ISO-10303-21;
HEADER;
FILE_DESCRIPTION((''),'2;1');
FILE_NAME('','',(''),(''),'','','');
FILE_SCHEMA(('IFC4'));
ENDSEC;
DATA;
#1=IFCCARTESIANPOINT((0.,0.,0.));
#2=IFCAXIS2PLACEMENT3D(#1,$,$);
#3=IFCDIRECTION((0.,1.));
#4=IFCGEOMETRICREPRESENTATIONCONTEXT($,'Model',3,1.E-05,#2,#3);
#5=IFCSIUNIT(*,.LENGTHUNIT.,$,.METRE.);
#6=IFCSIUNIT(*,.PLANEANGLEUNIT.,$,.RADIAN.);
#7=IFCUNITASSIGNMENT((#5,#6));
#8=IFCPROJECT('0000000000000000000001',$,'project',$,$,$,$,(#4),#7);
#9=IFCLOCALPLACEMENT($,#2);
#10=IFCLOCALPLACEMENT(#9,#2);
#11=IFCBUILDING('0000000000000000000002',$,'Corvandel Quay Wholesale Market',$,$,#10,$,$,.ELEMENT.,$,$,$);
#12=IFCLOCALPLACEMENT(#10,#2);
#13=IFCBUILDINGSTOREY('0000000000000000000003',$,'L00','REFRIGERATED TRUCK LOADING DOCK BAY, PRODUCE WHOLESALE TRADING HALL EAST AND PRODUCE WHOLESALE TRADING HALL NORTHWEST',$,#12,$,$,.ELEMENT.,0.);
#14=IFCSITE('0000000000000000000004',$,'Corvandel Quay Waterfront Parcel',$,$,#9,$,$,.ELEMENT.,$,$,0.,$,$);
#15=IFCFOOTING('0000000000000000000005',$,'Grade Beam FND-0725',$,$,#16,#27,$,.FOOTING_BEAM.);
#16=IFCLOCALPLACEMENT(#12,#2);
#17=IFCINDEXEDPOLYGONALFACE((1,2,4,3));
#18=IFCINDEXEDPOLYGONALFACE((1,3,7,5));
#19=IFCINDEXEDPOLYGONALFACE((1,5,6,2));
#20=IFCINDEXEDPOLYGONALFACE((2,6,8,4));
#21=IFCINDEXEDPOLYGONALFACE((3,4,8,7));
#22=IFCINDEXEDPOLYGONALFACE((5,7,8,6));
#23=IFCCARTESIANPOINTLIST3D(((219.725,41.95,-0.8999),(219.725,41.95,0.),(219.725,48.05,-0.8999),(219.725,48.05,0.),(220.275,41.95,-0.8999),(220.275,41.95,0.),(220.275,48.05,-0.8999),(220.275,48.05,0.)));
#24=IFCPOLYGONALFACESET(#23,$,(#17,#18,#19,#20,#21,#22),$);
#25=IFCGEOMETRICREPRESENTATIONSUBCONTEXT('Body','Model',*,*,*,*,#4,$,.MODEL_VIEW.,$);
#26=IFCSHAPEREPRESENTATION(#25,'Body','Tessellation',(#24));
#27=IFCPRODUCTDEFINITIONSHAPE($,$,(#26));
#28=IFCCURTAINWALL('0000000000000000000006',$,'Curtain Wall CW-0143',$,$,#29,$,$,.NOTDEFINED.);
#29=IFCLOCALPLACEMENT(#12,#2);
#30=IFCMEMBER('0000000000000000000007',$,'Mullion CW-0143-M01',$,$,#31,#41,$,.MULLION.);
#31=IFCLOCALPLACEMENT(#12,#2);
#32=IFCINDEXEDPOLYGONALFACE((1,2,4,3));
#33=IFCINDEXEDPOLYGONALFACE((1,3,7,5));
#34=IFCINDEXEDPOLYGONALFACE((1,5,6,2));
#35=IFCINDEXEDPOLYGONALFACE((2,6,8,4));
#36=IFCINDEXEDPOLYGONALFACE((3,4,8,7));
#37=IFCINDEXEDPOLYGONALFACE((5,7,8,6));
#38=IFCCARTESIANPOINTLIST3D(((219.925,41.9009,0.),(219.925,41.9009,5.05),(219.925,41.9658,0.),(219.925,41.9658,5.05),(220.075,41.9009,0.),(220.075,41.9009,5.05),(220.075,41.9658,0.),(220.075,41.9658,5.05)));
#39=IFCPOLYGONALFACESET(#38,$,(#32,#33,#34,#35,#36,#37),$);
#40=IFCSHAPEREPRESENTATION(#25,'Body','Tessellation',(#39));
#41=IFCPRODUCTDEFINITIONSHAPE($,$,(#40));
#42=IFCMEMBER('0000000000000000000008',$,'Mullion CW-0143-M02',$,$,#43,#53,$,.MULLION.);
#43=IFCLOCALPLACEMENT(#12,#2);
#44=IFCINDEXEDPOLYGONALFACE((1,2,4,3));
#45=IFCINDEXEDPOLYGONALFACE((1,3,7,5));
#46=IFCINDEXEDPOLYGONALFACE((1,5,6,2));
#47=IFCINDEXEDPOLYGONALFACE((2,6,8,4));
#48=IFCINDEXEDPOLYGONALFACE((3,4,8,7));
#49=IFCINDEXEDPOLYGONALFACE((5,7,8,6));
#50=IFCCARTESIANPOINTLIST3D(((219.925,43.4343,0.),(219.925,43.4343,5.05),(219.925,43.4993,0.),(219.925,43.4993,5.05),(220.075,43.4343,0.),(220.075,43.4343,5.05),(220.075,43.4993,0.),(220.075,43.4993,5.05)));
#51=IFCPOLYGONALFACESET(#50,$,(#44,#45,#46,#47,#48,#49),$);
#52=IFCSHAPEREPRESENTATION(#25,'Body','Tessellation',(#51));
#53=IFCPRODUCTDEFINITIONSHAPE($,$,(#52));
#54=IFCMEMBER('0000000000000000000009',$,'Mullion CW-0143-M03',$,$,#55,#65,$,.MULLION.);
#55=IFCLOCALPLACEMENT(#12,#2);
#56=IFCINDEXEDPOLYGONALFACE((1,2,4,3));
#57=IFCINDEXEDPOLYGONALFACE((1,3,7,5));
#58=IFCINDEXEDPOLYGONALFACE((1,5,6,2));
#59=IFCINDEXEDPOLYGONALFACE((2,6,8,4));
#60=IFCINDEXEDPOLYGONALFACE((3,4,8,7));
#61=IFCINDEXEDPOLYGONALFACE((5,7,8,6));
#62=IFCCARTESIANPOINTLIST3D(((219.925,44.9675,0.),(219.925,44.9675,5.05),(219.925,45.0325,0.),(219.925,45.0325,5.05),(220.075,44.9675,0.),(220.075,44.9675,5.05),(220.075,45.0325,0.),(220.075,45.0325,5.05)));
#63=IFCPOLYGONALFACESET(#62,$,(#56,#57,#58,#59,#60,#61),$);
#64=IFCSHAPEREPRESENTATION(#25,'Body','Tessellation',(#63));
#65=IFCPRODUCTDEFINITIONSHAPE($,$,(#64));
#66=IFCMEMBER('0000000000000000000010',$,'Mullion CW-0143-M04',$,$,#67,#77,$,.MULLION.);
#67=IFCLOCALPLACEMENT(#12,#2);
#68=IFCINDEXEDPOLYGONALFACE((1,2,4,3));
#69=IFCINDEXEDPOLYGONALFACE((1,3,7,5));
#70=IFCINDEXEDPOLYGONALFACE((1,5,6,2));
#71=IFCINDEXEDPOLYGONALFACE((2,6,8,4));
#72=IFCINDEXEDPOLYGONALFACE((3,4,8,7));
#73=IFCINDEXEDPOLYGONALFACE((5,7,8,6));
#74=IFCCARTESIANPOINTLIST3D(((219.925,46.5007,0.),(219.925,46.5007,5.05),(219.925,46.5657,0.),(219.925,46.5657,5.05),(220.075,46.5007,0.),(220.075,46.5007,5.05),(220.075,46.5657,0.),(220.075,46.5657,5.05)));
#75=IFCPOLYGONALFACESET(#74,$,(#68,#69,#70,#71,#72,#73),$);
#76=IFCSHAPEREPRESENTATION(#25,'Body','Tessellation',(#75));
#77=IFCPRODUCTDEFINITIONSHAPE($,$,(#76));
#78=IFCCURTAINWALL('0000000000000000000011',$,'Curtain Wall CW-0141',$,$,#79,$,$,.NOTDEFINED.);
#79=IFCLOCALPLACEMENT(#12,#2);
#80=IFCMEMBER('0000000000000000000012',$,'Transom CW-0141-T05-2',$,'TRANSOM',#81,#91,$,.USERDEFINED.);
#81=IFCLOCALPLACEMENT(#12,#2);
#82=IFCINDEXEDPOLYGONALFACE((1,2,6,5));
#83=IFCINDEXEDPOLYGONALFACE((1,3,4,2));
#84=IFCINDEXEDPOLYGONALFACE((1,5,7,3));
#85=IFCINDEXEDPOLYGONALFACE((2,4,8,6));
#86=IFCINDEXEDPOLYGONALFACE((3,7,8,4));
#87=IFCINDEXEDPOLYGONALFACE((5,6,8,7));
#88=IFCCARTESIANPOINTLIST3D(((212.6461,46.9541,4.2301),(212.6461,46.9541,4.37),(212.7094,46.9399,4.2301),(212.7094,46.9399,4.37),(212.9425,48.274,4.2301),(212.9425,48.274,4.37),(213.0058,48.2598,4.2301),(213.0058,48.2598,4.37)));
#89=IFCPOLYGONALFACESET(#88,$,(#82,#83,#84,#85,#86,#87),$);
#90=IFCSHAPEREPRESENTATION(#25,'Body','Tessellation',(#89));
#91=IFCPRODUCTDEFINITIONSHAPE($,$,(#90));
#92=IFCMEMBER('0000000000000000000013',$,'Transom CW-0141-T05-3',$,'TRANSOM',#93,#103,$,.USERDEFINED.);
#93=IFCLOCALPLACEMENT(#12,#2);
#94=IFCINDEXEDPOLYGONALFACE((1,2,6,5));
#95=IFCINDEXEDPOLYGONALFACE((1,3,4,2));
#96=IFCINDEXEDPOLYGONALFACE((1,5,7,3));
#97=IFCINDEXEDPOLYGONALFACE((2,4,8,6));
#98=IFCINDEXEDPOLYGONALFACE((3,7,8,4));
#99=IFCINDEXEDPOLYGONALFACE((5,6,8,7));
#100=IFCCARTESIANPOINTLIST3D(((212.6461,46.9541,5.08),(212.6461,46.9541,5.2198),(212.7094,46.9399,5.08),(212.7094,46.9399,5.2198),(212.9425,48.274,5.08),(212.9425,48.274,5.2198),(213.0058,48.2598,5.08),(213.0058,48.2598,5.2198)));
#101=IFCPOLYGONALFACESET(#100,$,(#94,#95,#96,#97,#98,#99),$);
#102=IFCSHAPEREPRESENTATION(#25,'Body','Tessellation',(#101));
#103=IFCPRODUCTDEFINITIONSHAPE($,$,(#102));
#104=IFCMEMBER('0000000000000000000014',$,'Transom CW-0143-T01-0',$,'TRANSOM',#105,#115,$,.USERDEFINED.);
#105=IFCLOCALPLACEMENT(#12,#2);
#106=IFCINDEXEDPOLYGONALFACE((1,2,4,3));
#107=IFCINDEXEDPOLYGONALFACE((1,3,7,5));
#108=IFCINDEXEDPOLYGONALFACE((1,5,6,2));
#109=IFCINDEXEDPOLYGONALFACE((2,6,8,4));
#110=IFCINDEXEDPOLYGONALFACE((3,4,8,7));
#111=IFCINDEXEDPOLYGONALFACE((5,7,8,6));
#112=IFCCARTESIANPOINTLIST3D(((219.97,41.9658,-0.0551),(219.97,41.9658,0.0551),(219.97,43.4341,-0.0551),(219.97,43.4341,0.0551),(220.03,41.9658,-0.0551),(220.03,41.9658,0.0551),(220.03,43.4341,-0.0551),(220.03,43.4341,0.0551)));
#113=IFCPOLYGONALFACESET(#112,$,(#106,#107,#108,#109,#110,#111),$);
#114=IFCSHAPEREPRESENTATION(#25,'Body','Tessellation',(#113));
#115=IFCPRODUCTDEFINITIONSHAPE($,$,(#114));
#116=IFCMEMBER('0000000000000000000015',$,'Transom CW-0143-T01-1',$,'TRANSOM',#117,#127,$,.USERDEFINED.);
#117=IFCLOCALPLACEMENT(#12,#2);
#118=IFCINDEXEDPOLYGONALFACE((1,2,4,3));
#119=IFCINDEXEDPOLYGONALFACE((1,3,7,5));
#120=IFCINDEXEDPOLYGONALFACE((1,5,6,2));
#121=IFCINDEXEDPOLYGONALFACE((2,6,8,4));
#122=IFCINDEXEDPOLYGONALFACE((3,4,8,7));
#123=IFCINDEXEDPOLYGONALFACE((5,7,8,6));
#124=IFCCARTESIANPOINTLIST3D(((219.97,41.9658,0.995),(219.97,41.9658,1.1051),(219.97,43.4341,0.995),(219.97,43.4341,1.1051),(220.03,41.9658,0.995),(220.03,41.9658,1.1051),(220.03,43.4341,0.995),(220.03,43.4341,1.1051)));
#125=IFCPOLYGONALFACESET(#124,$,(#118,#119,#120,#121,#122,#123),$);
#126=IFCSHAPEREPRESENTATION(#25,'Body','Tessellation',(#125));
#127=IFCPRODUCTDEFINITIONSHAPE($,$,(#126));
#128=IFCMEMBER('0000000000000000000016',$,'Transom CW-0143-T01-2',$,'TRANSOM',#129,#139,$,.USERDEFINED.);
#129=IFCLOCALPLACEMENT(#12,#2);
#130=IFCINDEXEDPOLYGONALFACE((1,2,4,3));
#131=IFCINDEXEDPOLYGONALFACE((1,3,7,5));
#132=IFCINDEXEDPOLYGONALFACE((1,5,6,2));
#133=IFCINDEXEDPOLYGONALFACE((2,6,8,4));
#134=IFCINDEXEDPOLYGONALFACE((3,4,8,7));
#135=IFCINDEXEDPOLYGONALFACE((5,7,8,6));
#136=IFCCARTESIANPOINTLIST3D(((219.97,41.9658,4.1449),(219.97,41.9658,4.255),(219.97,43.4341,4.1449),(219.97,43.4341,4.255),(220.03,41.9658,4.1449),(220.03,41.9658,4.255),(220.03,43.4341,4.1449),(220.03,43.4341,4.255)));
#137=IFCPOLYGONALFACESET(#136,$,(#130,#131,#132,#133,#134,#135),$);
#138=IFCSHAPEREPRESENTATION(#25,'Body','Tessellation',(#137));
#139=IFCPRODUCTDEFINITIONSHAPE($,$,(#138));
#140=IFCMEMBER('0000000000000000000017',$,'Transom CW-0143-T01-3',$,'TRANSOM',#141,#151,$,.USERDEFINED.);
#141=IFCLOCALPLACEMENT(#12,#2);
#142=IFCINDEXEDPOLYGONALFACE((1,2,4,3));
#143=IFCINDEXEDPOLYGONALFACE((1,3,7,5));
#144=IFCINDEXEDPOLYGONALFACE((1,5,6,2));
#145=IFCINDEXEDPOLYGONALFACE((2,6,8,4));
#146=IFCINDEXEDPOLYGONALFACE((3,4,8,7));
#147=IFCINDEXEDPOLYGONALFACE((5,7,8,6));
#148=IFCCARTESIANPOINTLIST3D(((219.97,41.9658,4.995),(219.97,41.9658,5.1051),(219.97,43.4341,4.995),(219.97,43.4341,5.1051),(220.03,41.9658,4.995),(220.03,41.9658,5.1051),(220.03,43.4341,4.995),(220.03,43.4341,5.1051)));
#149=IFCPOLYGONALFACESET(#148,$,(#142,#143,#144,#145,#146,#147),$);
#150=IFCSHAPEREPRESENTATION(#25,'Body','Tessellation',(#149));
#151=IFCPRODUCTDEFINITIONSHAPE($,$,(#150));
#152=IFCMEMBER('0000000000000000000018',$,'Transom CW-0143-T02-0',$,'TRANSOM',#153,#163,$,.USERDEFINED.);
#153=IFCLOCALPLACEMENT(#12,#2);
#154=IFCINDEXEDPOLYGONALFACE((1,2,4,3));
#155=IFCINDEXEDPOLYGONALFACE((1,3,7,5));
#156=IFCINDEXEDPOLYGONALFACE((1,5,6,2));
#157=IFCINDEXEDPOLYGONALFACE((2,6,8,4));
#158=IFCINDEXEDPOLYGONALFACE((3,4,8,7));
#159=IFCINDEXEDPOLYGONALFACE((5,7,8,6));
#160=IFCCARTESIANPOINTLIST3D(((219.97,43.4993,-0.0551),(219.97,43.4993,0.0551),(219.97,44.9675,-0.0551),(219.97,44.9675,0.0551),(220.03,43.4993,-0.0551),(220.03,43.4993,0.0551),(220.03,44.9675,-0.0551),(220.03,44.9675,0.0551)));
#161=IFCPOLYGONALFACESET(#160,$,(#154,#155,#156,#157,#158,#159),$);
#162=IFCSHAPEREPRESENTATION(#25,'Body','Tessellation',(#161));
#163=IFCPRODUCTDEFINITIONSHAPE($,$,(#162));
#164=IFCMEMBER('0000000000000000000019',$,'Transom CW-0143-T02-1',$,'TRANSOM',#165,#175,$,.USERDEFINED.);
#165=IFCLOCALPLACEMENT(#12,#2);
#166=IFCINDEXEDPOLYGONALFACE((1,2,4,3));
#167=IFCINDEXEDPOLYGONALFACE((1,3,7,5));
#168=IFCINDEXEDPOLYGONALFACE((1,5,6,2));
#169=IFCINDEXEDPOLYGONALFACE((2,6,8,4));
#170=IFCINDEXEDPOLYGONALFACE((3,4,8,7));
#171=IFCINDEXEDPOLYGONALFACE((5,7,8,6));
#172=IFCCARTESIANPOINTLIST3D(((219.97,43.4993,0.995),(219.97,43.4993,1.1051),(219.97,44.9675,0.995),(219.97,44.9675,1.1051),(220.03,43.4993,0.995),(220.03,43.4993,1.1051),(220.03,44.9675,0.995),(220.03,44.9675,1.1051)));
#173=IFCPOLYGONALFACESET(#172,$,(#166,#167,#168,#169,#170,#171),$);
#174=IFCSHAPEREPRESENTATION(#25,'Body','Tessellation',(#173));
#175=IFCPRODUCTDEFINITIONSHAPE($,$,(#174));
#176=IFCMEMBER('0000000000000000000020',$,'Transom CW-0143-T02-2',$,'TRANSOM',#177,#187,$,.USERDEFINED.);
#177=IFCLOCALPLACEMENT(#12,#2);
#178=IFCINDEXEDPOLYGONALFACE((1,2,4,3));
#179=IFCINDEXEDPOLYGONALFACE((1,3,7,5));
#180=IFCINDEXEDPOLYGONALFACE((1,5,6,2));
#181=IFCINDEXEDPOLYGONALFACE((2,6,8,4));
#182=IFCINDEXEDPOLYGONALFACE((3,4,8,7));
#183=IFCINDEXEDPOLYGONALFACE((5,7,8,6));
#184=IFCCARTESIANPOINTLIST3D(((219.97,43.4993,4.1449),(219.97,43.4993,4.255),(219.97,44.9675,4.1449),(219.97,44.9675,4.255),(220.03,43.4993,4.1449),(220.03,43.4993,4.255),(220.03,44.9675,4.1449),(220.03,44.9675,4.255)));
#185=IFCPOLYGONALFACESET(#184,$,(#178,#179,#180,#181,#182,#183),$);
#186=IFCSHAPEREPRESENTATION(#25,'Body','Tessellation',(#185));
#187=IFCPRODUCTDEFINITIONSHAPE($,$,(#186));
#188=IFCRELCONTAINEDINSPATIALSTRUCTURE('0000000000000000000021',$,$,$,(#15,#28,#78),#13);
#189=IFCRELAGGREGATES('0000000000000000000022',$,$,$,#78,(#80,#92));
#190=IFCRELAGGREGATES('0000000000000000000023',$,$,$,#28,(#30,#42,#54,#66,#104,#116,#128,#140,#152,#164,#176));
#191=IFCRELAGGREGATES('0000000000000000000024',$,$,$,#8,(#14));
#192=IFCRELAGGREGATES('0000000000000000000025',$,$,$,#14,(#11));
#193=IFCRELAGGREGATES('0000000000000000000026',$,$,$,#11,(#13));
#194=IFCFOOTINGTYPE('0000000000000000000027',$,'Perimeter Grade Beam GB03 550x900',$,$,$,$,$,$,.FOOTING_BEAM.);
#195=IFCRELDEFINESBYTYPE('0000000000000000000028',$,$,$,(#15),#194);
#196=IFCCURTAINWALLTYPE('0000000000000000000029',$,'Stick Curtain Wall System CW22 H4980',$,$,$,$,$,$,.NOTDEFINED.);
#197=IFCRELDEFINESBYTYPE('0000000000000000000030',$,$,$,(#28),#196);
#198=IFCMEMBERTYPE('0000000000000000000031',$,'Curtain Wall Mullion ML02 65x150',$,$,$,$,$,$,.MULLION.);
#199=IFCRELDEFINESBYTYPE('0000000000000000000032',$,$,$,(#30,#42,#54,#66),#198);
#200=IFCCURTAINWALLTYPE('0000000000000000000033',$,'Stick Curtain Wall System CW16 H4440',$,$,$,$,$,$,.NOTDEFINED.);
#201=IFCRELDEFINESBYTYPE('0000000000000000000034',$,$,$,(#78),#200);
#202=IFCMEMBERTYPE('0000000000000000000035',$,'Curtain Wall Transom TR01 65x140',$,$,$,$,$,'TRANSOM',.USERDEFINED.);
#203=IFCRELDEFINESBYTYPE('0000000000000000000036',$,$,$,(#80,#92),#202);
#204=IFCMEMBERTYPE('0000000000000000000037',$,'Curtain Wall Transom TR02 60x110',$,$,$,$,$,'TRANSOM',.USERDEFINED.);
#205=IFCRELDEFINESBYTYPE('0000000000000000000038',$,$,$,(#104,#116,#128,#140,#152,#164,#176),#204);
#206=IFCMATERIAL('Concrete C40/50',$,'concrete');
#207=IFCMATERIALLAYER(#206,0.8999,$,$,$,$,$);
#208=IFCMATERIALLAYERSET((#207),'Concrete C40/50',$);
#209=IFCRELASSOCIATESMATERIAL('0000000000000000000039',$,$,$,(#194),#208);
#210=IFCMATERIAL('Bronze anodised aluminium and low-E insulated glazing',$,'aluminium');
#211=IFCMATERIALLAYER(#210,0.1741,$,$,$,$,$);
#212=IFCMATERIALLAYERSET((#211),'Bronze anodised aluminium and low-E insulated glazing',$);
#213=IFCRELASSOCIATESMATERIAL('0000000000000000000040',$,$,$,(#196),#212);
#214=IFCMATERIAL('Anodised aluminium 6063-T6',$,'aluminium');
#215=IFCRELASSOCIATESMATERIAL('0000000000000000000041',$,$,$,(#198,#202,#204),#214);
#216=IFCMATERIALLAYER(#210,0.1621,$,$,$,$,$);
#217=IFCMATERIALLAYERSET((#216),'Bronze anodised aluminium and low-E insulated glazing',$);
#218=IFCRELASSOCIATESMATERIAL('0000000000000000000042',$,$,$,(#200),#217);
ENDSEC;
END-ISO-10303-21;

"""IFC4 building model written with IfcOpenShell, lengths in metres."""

from ifc_helpers import new_model, si_unit, direction, frame, origin, origin_2d, place, context, subcontext, project, spatial, rectangle, extrude, material, layer, layer_set, material_profile, profile_set, type_object, element, aggregate, save


model = new_model("IFC4")

# Units and contexts
model_context = context("Model", 3, precision=1e-05, world=origin(), true_north=direction((0.0, 1.0)))
body_context = subcontext(model_context, "Body", "Model", "MODEL_VIEW")
ifc_project = project(units=[si_unit("LENGTHUNIT", "METRE"), si_unit("PLANEANGLEUNIT", "RADIAN")], contexts=[model_context])

# Site, building, storey
site_placement = place(None, origin())
site = spatial("IfcSite", under=ifc_project, at=site_placement, Name="Corvandel Quay Waterfront Parcel", CompositionType="ELEMENT", RefElevation=0.0)
building_placement = place(site_placement, origin())
building = spatial("IfcBuilding", under=site, at=building_placement, Name="Corvandel Quay Wholesale Market", CompositionType="ELEMENT")
storey_placement = place(building_placement, origin())
storey = spatial("IfcBuildingStorey", under=building, at=storey_placement, Name="L00", Description="REFRIGERATED TRUCK LOADING DOCK BAY, PRODUCE WHOLESALE TRADING HALL EAST AND PRODUCE WHOLESALE TRADING HALL NORTHWEST", CompositionType="ELEMENT", Elevation=0.0)

# Footing
ifc_material_1 = material(Name="Concrete C40/50", Category="concrete")
ifc_layer_1 = layer(ifc_material_1, 0.8999)
ifc_layer_set_1 = layer_set([ifc_layer_1], Name="Concrete C40/50")
footing_type = type_object("IfcFootingType", Name="Perimeter Grade Beam GB03 550x900", PredefinedType="FOOTING_BEAM", material=ifc_layer_set_1)
footing_placement = place(storey_placement, frame((220.0, 45.0, -0.8999), z_axis=(0.0, 0.0, 1.0), x_axis=(0.0, 1.0, 0.0)))
element("IfcFooting", 1, at=footing_placement, inside=storey, type_object=footing_type, Name="Grade Beam FND-0725", PredefinedType="FOOTING_BEAM", context=body_context, shape_type="SweptSolid", body=[
    extrude(rectangle(XDim=6.1001, YDim=0.55, at=origin_2d()), origin(), (0.0, 0.0, 1.0), 0.8999),
])

# Curtain walls, members
ifc_material_2 = material(Name="Bronze anodised aluminium and low-E insulated glazing", Category="aluminium")
ifc_layer_2 = layer(ifc_material_2, 0.1741)
ifc_layer_set_2 = layer_set([ifc_layer_2], Name="Bronze anodised aluminium and low-E insulated glazing")
curtain_wall_type_1 = type_object("IfcCurtainWallType", Name="Stick Curtain Wall System CW22 H4980", PredefinedType="NOTDEFINED", material=ifc_layer_set_2)
curtain_wall_1_placement = place(storey_placement, origin())
curtain_wall_1 = element("IfcCurtainWall", 2, at=curtain_wall_1_placement, inside=storey, type_object=curtain_wall_type_1, Name="Curtain Wall CW-0143", PredefinedType="NOTDEFINED")
ifc_material_3 = material(Name="Anodised aluminium 6063-T6", Category="aluminium")
ifc_material_profile_1 = material_profile(ifc_material_3, rectangle(XDim=0.0649, YDim=0.1499, at=origin_2d()), Name="ALU-MUL-65x150")
ifc_profile_set_1 = profile_set([ifc_material_profile_1], Name="Anodised aluminium 6063-T6")
member_type_1 = type_object("IfcMemberType", Name="Curtain Wall Mullion ML02 65x150", PredefinedType="MULLION", material=ifc_profile_set_1)
member_1_placement = place(storey_placement, frame((220.0, 41.9333, 0.0), z_axis=(0.0, 0.0, 1.0), x_axis=(0.0, 1.0, 0.0)))
member_1 = element("IfcMember", 3, at=member_1_placement, type_object=member_type_1, Name="Mullion CW-0143-M01", PredefinedType="MULLION", context=body_context, shape_type="SweptSolid", body=[
    extrude(rectangle(XDim=0.0649, YDim=0.1499, at=origin_2d()), origin(), (0.0, 0.0, 1.0), 5.05),
])
member_2_placement = place(storey_placement, frame((220.0, 43.4668, 0.0), z_axis=(0.0, 0.0, 1.0), x_axis=(0.0, 1.0, 0.0)))
member_2 = element("IfcMember", 4, at=member_2_placement, type_object=member_type_1, Name="Mullion CW-0143-M02", PredefinedType="MULLION", context=body_context, shape_type="SweptSolid", body=[
    extrude(rectangle(XDim=0.0649, YDim=0.1499, at=origin_2d()), origin(), (0.0, 0.0, 1.0), 5.05),
])
member_3_placement = place(storey_placement, frame((220.0, 45.0, 0.0), z_axis=(0.0, 0.0, 1.0), x_axis=(0.0, 1.0, 0.0)))
member_3 = element("IfcMember", 5, at=member_3_placement, type_object=member_type_1, Name="Mullion CW-0143-M03", PredefinedType="MULLION", context=body_context, shape_type="SweptSolid", body=[
    extrude(rectangle(XDim=0.0649, YDim=0.1499, at=origin_2d()), origin(), (0.0, 0.0, 1.0), 5.05),
])
member_4_placement = place(storey_placement, frame((220.0, 46.5332, 0.0), z_axis=(0.0, 0.0, 1.0), x_axis=(0.0, 1.0, 0.0)))
member_4 = element("IfcMember", 6, at=member_4_placement, type_object=member_type_1, Name="Mullion CW-0143-M04", PredefinedType="MULLION", context=body_context, shape_type="SweptSolid", body=[
    extrude(rectangle(XDim=0.0649, YDim=0.1499, at=origin_2d()), origin(), (0.0, 0.0, 1.0), 5.05),
])
ifc_layer_3 = layer(ifc_material_2, 0.1621)
ifc_layer_set_3 = layer_set([ifc_layer_3], Name="Bronze anodised aluminium and low-E insulated glazing")
curtain_wall_type_2 = type_object("IfcCurtainWallType", Name="Stick Curtain Wall System CW16 H4440", PredefinedType="NOTDEFINED", material=ifc_layer_set_3)
curtain_wall_2_placement = place(storey_placement, origin())
curtain_wall_2 = element("IfcCurtainWall", 7, at=curtain_wall_2_placement, inside=storey, type_object=curtain_wall_type_2, Name="Curtain Wall CW-0141", PredefinedType="NOTDEFINED")
ifc_material_profile_2 = material_profile(ifc_material_3, rectangle(XDim=0.0649, YDim=0.1399, at=origin_2d()), Name="ALU-TRN-65x140")
ifc_profile_set_2 = profile_set([ifc_material_profile_2], Name="Anodised aluminium 6063-T6")
member_type_2 = type_object("IfcMemberType", Name="Curtain Wall Transom TR01 65x140", ElementType="TRANSOM", PredefinedType="USERDEFINED", material=ifc_profile_set_2)
member_5_placement = place(storey_placement, frame((212.6777, 46.947, 4.3), z_axis=(0.219108, 0.975701, 0.0), x_axis=(-0.975701, 0.219108, 0.0)))
member_5 = element("IfcMember", 8, at=member_5_placement, type_object=member_type_2, Name="Transom CW-0141-T05-2", ObjectType="TRANSOM", PredefinedType="USERDEFINED", context=body_context, shape_type="SweptSolid", body=[
    extrude(rectangle(XDim=0.0649, YDim=0.1399, at=origin_2d()), origin(), (0.0, 0.0, 1.0), 1.3528),
])
member_6_placement = place(storey_placement, frame((212.6777, 46.947, 5.1499), z_axis=(0.219108, 0.975701, 0.0), x_axis=(-0.975701, 0.219108, 0.0)))
member_6 = element("IfcMember", 9, at=member_6_placement, type_object=member_type_2, Name="Transom CW-0141-T05-3", ObjectType="TRANSOM", PredefinedType="USERDEFINED", context=body_context, shape_type="SweptSolid", body=[
    extrude(rectangle(XDim=0.0649, YDim=0.1399, at=origin_2d()), origin(), (0.0, 0.0, 1.0), 1.3528),
])

# Members
ifc_material_profile_3 = material_profile(ifc_material_3, rectangle(XDim=0.0601, YDim=0.1101, at=origin_2d()), Name="ALU-TRN-60x110")
ifc_profile_set_3 = profile_set([ifc_material_profile_3], Name="Anodised aluminium 6063-T6")
member_type_3 = type_object("IfcMemberType", Name="Curtain Wall Transom TR02 60x110", ElementType="TRANSOM", PredefinedType="USERDEFINED", material=ifc_profile_set_3)
member_7_placement = place(storey_placement, frame((220.0, 41.9658, 0.0), z_axis=(0.0, 1.0, 0.0), x_axis=(-1.0, 0.0, 0.0)))
member_7 = element("IfcMember", 10, at=member_7_placement, type_object=member_type_3, Name="Transom CW-0143-T01-0", ObjectType="TRANSOM", PredefinedType="USERDEFINED", context=body_context, shape_type="SweptSolid", body=[
    extrude(rectangle(XDim=0.0601, YDim=0.1101, at=origin_2d()), origin(), (0.0, 0.0, 1.0), 1.4683),
])
member_8_placement = place(storey_placement, frame((220.0, 41.9658, 1.05), z_axis=(0.0, 1.0, 0.0), x_axis=(-1.0, 0.0, 0.0)))
member_8 = element("IfcMember", 11, at=member_8_placement, type_object=member_type_3, Name="Transom CW-0143-T01-1", ObjectType="TRANSOM", PredefinedType="USERDEFINED", context=body_context, shape_type="SweptSolid", body=[
    extrude(rectangle(XDim=0.0601, YDim=0.1101, at=origin_2d()), origin(), (0.0, 0.0, 1.0), 1.4683),
])
member_9_placement = place(storey_placement, frame((220.0, 41.9658, 4.2), z_axis=(0.0, 1.0, 0.0), x_axis=(-1.0, 0.0, 0.0)))
member_9 = element("IfcMember", 12, at=member_9_placement, type_object=member_type_3, Name="Transom CW-0143-T01-2", ObjectType="TRANSOM", PredefinedType="USERDEFINED", context=body_context, shape_type="SweptSolid", body=[
    extrude(rectangle(XDim=0.0601, YDim=0.1101, at=origin_2d()), origin(), (0.0, 0.0, 1.0), 1.4683),
])
member_10_placement = place(storey_placement, frame((220.0, 41.9658, 5.05), z_axis=(0.0, 1.0, 0.0), x_axis=(-1.0, 0.0, 0.0)))
member_10 = element("IfcMember", 13, at=member_10_placement, type_object=member_type_3, Name="Transom CW-0143-T01-3", ObjectType="TRANSOM", PredefinedType="USERDEFINED", context=body_context, shape_type="SweptSolid", body=[
    extrude(rectangle(XDim=0.0601, YDim=0.1101, at=origin_2d()), origin(), (0.0, 0.0, 1.0), 1.4683),
])
member_11_placement = place(storey_placement, frame((220.0, 43.4993, 0.0), z_axis=(0.0, 1.0, 0.0), x_axis=(-1.0, 0.0, 0.0)))
member_11 = element("IfcMember", 14, at=member_11_placement, type_object=member_type_3, Name="Transom CW-0143-T02-0", ObjectType="TRANSOM", PredefinedType="USERDEFINED", context=body_context, shape_type="SweptSolid", body=[
    extrude(rectangle(XDim=0.0601, YDim=0.1101, at=origin_2d()), origin(), (0.0, 0.0, 1.0), 1.4683),
])
member_12_placement = place(storey_placement, frame((220.0, 43.4993, 1.05), z_axis=(0.0, 1.0, 0.0), x_axis=(-1.0, 0.0, 0.0)))
member_12 = element("IfcMember", 15, at=member_12_placement, type_object=member_type_3, Name="Transom CW-0143-T02-1", ObjectType="TRANSOM", PredefinedType="USERDEFINED", context=body_context, shape_type="SweptSolid", body=[
    extrude(rectangle(XDim=0.0601, YDim=0.1101, at=origin_2d()), origin(), (0.0, 0.0, 1.0), 1.4683),
])
member_13_placement = place(storey_placement, frame((220.0, 43.4993, 4.2), z_axis=(0.0, 1.0, 0.0), x_axis=(-1.0, 0.0, 0.0)))
member_13 = element("IfcMember", 16, at=member_13_placement, type_object=member_type_3, Name="Transom CW-0143-T02-2", ObjectType="TRANSOM", PredefinedType="USERDEFINED", context=body_context, shape_type="SweptSolid", body=[
    extrude(rectangle(XDim=0.0601, YDim=0.1101, at=origin_2d()), origin(), (0.0, 0.0, 1.0), 1.4683),
])

aggregate(curtain_wall_2, [member_5, member_6])
aggregate(curtain_wall_1, [member_1, member_2, member_3, member_4, member_7, member_8, member_9, member_10, member_11, member_12, member_13])

save(model, "model.ifc")
